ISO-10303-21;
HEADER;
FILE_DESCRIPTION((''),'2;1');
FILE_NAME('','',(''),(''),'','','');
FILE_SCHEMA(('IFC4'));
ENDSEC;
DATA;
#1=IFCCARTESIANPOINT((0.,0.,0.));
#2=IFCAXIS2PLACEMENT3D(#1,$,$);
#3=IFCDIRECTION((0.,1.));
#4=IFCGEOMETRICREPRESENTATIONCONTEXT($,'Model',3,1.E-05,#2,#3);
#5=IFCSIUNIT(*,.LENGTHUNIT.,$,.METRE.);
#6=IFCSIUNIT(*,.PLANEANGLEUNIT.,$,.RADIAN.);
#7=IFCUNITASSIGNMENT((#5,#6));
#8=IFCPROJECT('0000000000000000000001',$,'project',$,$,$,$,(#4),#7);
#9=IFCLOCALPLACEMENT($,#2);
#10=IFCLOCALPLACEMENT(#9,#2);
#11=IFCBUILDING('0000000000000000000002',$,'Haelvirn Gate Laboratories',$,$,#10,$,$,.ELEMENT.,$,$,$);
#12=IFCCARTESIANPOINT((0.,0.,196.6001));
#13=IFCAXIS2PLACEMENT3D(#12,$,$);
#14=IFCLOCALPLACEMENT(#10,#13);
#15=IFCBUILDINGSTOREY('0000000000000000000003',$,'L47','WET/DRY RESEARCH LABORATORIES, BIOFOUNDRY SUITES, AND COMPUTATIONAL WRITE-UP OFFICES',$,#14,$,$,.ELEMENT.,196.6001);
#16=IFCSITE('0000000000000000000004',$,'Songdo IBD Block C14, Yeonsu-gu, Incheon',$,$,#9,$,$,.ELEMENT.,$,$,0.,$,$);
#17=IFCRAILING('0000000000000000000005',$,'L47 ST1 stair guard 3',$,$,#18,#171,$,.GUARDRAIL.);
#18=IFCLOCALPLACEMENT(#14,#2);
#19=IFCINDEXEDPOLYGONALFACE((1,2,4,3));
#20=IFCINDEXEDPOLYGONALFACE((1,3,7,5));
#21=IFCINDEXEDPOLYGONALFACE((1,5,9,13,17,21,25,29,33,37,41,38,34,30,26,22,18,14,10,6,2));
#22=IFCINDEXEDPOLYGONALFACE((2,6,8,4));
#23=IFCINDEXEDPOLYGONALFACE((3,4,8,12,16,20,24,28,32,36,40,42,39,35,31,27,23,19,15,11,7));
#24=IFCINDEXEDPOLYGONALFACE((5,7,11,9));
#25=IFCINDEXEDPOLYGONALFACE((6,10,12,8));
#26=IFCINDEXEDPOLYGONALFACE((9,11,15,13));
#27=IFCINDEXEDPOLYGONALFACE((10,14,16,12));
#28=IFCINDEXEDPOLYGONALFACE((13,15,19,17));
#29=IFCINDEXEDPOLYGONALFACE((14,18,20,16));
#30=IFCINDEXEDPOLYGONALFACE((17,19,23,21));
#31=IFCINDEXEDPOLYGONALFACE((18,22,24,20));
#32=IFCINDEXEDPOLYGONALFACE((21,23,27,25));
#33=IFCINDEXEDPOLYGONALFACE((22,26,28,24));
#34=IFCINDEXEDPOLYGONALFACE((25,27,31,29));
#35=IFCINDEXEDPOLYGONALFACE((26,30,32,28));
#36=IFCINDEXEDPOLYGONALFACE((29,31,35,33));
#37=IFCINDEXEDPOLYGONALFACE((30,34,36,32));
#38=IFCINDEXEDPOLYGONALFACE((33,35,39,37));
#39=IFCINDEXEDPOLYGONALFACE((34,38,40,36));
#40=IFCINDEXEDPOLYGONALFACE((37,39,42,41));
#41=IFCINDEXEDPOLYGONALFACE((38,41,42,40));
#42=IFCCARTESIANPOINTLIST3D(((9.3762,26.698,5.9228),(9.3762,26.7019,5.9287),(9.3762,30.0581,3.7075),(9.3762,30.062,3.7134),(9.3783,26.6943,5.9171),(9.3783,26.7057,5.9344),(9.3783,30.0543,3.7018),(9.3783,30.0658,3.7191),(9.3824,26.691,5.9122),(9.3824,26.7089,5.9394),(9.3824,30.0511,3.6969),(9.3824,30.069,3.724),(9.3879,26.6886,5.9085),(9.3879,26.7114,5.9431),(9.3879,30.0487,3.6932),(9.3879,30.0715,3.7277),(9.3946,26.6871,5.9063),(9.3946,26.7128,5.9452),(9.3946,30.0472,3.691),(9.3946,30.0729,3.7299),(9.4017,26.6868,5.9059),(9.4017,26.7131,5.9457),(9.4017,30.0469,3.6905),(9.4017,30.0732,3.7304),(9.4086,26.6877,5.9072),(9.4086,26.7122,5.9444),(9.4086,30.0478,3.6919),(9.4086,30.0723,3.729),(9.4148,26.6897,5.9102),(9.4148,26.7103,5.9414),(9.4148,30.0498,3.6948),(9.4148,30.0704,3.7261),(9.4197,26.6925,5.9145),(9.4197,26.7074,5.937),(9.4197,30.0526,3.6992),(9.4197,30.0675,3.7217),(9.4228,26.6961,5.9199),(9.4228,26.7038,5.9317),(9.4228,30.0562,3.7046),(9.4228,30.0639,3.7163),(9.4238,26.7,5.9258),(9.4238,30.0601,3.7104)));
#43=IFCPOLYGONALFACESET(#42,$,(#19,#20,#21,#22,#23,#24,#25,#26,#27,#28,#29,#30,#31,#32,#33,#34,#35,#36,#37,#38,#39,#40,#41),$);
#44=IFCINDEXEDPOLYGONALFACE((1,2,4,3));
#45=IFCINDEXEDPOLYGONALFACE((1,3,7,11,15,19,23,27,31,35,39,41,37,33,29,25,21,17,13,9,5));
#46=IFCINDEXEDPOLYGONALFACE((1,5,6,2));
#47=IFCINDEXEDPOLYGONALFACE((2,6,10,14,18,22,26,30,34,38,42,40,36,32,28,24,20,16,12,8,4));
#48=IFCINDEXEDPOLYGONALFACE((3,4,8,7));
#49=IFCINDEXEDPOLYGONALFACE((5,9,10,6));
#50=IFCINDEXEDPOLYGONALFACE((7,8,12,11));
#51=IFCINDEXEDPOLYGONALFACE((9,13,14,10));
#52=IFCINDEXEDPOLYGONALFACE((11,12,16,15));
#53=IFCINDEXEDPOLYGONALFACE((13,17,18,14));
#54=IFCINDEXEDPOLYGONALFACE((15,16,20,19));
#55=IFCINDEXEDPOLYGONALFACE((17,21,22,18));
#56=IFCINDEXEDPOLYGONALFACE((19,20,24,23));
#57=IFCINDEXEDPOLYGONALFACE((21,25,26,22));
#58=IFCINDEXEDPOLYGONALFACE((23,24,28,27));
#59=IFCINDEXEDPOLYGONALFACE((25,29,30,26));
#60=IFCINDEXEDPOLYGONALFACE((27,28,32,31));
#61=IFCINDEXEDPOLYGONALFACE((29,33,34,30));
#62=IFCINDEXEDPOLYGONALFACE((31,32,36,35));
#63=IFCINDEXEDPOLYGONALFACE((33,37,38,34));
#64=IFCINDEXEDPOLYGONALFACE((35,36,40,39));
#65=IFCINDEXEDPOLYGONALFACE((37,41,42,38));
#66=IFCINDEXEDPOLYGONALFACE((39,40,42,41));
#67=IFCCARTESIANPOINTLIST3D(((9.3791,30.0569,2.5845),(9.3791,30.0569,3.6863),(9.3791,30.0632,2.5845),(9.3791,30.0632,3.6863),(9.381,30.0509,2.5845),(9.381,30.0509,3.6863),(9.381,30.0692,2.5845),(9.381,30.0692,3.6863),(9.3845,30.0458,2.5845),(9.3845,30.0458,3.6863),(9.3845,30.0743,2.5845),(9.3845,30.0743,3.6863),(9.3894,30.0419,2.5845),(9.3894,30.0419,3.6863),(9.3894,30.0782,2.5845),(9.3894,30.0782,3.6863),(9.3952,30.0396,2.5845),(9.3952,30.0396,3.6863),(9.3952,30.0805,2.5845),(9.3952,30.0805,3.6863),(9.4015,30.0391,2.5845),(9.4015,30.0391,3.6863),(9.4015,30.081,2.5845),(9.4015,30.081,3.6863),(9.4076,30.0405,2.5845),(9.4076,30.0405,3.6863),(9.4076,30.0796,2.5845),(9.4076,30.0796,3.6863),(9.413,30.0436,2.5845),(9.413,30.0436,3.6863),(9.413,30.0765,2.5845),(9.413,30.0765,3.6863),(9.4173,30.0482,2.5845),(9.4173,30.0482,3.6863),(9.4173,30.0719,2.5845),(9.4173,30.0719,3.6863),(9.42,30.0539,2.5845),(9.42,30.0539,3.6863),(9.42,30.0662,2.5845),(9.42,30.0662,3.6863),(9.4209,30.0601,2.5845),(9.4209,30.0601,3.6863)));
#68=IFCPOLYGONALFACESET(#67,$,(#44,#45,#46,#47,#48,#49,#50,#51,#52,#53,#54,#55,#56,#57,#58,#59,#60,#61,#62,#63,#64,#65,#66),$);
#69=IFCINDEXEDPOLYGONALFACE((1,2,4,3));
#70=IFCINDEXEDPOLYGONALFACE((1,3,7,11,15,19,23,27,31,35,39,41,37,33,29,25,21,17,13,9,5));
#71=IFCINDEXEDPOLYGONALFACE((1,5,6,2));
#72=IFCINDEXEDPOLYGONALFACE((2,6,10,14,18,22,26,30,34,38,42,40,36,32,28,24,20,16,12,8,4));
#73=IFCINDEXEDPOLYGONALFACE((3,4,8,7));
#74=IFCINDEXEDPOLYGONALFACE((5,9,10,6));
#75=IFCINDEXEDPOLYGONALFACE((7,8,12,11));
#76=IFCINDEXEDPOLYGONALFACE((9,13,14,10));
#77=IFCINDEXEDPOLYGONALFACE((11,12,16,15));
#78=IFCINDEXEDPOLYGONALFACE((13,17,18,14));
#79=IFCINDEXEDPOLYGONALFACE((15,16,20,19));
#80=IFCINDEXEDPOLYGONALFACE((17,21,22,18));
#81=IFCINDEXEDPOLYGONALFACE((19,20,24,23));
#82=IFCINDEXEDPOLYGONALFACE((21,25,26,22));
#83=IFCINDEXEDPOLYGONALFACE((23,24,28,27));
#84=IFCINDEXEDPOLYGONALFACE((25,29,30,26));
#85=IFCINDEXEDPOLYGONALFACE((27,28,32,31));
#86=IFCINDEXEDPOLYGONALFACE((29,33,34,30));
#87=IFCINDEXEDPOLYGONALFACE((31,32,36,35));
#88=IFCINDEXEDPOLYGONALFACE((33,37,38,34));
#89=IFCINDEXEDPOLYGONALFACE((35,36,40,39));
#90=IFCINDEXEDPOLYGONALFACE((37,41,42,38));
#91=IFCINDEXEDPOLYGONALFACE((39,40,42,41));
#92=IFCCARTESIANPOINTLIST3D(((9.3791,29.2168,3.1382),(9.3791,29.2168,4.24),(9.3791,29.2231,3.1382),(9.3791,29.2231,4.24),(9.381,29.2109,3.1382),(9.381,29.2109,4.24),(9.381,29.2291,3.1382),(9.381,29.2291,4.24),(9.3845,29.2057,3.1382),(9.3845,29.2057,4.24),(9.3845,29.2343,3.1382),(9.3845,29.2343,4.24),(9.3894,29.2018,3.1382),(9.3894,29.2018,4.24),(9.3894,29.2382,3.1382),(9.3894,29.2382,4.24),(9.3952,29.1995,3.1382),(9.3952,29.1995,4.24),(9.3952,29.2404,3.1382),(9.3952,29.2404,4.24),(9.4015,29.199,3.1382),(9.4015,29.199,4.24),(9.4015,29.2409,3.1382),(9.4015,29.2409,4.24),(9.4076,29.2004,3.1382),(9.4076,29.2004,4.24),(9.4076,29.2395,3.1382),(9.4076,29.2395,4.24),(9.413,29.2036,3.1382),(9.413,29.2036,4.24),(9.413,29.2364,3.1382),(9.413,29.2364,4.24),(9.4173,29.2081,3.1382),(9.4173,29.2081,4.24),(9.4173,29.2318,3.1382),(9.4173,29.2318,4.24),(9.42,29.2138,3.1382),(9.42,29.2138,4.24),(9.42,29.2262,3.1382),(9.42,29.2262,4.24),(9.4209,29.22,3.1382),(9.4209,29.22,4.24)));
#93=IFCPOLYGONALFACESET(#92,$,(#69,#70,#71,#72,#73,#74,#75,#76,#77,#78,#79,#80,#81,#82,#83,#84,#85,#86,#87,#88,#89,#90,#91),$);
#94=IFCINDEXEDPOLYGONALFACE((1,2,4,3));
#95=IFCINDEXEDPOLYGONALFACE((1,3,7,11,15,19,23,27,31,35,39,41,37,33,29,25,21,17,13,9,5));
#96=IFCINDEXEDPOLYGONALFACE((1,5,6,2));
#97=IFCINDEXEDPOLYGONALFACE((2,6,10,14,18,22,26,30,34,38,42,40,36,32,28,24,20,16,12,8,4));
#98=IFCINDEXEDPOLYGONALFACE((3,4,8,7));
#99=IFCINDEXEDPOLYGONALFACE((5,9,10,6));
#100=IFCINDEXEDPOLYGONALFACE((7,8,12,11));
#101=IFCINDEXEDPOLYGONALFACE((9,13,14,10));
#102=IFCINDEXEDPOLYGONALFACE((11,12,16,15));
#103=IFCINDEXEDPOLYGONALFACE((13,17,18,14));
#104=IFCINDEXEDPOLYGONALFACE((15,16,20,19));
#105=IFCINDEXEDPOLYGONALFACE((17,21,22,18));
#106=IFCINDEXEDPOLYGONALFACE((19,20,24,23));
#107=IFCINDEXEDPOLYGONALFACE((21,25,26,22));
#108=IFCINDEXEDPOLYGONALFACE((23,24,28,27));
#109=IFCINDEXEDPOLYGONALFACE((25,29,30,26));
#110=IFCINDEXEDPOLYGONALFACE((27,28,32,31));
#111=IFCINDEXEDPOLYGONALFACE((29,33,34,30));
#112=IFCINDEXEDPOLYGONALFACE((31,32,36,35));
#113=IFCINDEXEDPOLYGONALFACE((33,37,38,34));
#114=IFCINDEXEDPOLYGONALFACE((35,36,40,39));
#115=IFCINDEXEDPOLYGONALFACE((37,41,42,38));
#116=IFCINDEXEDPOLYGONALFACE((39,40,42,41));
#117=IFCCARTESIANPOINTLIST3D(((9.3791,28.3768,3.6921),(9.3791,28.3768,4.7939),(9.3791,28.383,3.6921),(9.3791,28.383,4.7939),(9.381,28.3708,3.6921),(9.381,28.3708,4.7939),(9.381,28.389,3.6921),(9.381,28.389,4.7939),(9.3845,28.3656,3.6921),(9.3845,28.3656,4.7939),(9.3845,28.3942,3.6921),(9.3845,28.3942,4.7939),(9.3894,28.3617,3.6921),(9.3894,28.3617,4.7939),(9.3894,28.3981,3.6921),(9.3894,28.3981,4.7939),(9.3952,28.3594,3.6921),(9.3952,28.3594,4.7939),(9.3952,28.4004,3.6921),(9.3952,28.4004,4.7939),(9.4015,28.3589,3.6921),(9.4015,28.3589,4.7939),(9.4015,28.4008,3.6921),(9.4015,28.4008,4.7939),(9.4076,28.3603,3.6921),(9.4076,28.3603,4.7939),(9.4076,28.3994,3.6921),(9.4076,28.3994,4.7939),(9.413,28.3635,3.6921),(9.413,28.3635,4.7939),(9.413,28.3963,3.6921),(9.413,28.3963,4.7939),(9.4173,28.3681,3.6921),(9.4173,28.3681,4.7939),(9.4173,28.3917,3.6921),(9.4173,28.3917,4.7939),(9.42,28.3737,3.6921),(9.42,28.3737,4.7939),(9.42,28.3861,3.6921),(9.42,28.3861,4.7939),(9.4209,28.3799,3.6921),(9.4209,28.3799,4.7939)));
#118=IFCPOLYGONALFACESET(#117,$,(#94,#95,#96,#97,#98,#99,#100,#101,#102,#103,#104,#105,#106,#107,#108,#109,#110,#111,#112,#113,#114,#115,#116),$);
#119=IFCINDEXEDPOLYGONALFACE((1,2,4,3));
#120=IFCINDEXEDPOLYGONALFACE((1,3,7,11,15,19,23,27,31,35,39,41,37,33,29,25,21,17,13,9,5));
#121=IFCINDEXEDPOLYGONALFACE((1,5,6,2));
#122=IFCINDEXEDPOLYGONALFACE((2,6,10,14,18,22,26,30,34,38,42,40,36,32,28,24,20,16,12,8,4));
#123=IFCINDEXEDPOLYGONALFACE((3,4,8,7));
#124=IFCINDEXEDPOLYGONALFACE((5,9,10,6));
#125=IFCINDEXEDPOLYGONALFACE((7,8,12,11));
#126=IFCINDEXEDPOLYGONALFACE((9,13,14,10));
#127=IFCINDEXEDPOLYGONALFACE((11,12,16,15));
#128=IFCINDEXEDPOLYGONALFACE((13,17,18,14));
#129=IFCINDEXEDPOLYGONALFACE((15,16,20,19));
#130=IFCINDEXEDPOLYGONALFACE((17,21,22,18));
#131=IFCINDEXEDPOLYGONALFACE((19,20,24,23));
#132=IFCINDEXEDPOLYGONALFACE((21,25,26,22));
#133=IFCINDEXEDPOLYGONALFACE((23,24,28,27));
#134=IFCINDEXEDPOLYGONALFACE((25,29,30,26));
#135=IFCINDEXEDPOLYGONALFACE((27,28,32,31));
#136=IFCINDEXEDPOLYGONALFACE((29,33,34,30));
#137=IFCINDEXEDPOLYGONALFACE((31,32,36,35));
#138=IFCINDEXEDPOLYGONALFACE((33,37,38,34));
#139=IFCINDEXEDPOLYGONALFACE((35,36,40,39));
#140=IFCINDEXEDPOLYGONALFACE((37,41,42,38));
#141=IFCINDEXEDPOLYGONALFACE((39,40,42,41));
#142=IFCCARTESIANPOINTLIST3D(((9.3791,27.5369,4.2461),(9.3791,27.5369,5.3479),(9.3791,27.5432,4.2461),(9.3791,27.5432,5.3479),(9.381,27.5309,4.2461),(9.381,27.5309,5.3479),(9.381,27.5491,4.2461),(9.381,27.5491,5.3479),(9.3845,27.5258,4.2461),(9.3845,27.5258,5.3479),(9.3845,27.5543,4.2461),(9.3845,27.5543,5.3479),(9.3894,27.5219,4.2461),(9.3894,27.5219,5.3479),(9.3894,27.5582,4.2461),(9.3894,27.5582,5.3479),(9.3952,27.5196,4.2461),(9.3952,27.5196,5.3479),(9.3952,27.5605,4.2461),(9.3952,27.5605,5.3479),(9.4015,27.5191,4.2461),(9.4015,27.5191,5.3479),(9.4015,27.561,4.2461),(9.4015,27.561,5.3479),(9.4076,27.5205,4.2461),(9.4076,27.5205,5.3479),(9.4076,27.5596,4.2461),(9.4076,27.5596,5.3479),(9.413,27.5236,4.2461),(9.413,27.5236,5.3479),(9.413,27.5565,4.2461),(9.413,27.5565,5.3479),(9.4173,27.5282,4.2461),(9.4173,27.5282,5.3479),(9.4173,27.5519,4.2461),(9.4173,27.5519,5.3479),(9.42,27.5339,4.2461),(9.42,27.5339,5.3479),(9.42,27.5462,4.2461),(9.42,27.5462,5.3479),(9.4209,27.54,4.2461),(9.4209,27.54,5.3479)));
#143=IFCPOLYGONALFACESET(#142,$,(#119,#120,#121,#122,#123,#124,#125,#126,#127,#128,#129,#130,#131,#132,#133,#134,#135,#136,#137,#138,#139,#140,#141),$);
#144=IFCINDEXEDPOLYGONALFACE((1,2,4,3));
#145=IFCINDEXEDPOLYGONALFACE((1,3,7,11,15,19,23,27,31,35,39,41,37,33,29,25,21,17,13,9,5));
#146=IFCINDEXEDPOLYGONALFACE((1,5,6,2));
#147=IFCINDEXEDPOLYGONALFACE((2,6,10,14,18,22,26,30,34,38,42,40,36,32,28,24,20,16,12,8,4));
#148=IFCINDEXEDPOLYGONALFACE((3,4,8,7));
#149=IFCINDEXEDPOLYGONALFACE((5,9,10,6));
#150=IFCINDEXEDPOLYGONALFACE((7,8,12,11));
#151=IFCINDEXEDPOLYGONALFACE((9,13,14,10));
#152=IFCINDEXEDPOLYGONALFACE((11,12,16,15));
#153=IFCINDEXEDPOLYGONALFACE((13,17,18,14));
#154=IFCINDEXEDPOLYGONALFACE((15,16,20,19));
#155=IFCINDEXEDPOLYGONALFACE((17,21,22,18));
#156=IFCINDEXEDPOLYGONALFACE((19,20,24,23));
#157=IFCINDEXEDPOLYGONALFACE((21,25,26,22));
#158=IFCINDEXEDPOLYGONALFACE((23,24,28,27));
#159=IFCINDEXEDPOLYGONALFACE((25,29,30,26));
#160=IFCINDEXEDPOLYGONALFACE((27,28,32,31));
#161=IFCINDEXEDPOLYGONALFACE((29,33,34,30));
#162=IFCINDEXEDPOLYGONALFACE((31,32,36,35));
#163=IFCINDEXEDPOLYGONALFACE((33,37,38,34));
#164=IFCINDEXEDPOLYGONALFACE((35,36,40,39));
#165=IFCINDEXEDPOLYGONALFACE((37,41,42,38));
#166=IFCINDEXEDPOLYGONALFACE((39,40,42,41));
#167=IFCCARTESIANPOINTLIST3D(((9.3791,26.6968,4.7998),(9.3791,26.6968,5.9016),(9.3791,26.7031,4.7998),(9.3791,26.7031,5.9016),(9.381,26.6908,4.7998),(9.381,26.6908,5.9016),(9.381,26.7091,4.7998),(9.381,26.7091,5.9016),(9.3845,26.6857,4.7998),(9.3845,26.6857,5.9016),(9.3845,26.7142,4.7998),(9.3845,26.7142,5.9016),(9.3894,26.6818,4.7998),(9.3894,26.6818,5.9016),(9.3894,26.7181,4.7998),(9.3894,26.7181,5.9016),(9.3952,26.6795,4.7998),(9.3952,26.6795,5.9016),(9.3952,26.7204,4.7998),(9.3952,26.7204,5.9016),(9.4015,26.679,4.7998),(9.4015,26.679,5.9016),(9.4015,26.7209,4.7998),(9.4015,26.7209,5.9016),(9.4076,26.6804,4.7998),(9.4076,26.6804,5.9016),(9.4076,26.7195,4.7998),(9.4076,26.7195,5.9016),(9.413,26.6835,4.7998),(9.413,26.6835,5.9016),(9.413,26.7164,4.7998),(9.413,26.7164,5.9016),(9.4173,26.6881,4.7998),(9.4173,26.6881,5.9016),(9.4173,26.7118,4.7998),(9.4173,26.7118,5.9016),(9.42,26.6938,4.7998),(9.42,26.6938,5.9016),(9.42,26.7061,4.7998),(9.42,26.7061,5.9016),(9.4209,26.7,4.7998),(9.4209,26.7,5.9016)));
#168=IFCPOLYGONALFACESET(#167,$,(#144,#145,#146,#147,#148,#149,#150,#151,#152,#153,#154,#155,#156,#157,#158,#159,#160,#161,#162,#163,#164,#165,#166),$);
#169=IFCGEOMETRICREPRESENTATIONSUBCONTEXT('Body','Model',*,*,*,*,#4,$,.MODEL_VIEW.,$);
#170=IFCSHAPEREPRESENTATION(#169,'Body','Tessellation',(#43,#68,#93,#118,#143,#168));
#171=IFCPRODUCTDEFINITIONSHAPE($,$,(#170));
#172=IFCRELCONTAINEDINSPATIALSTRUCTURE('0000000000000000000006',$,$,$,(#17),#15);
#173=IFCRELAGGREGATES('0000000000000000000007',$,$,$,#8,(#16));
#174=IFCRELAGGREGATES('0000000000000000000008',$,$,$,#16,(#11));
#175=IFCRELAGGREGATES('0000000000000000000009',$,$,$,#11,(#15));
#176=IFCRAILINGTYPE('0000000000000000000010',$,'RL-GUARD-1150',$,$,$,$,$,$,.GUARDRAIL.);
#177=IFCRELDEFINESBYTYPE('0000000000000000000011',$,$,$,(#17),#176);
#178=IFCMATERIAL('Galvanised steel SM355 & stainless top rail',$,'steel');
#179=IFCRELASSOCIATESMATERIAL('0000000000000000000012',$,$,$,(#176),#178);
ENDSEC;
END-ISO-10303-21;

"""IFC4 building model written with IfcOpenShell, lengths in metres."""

from ifc_helpers import new_model, si_unit, direction, frame, origin, origin_2d, place, context, subcontext, project, spatial, circle, extrude, source, transform, mapped, material, type_object, element, save


model = new_model("IFC4")

# Units and contexts
model_context = context("Model", 3, precision=1e-05, world=origin(), true_north=direction((0.0, 1.0)))
body_context = subcontext(model_context, "Body", "Model", "MODEL_VIEW")
ifc_project = project(units=[si_unit("LENGTHUNIT", "METRE"), si_unit("PLANEANGLEUNIT", "RADIAN")], contexts=[model_context])

# Site, building, storey
site_placement = place(None, origin())
site = spatial("IfcSite", under=ifc_project, at=site_placement, Name="Songdo IBD Block C14, Yeonsu-gu, Incheon", CompositionType="ELEMENT", RefElevation=0.0)
building_placement = place(site_placement, origin())
building = spatial("IfcBuilding", under=site, at=building_placement, Name="Haelvirn Gate Laboratories", CompositionType="ELEMENT")
storey_placement = place(building_placement, frame((0.0, 0.0, 196.6001)))
storey = spatial("IfcBuildingStorey", under=building, at=storey_placement, Name="L47", Description="WET/DRY RESEARCH LABORATORIES, BIOFOUNDRY SUITES, AND COMPUTATIONAL WRITE-UP OFFICES", CompositionType="ELEMENT", Elevation=196.6001)

# Railing
ifc_material_1 = material(Name="Galvanised steel SM355 & stainless top rail", Category="steel")
railing_type_1 = type_object("IfcRailingType", Name="RL-GUARD-1150", PredefinedType="GUARDRAIL", material=ifc_material_1)
shared_shape_1 = source(origin(), body_context, "Body", "SweptSolid", [
    extrude(circle(Radius=0.0239, at=origin_2d()), frame((0.0, 0.0, 1.126), z_axis=(0.0, -0.834876, 0.550437), x_axis=(1.0, 0.0, 0.0)), (0.0, 0.0, 1.0), 4.0247),
    extrude(circle(Radius=0.021, at=origin_2d()), origin(), (0.0, 0.0, 1.0), 1.1018),
    extrude(circle(Radius=0.021, at=origin_2d()), frame((0.0, -0.8401, 0.5537)), (0.0, 0.0, 1.0), 1.1018),
    extrude(circle(Radius=0.021, at=origin_2d()), frame((0.0, -1.6802, 1.1077)), (0.0, 0.0, 1.0), 1.1018),
    extrude(circle(Radius=0.021, at=origin_2d()), frame((0.0, -2.52, 1.6616)), (0.0, 0.0, 1.0), 1.1018),
    extrude(circle(Radius=0.021, at=origin_2d()), frame((0.0, -3.3601, 2.2153)), (0.0, 0.0, 1.0), 1.1018),
])
railing_1_placement = place(storey_placement, frame((9.3999, 30.0601, 2.5845)))
element("IfcRailing", 1, at=railing_1_placement, inside=storey, type_object=railing_type_1, Name="L47 ST1 stair guard 3", PredefinedType="GUARDRAIL", context=body_context, shape_type="MappedRepresentation", body=[
    mapped(shared_shape_1, transform((0.0, 0.0, 0.0), scale=1.0)),
])

save(model, "model.ifc")
